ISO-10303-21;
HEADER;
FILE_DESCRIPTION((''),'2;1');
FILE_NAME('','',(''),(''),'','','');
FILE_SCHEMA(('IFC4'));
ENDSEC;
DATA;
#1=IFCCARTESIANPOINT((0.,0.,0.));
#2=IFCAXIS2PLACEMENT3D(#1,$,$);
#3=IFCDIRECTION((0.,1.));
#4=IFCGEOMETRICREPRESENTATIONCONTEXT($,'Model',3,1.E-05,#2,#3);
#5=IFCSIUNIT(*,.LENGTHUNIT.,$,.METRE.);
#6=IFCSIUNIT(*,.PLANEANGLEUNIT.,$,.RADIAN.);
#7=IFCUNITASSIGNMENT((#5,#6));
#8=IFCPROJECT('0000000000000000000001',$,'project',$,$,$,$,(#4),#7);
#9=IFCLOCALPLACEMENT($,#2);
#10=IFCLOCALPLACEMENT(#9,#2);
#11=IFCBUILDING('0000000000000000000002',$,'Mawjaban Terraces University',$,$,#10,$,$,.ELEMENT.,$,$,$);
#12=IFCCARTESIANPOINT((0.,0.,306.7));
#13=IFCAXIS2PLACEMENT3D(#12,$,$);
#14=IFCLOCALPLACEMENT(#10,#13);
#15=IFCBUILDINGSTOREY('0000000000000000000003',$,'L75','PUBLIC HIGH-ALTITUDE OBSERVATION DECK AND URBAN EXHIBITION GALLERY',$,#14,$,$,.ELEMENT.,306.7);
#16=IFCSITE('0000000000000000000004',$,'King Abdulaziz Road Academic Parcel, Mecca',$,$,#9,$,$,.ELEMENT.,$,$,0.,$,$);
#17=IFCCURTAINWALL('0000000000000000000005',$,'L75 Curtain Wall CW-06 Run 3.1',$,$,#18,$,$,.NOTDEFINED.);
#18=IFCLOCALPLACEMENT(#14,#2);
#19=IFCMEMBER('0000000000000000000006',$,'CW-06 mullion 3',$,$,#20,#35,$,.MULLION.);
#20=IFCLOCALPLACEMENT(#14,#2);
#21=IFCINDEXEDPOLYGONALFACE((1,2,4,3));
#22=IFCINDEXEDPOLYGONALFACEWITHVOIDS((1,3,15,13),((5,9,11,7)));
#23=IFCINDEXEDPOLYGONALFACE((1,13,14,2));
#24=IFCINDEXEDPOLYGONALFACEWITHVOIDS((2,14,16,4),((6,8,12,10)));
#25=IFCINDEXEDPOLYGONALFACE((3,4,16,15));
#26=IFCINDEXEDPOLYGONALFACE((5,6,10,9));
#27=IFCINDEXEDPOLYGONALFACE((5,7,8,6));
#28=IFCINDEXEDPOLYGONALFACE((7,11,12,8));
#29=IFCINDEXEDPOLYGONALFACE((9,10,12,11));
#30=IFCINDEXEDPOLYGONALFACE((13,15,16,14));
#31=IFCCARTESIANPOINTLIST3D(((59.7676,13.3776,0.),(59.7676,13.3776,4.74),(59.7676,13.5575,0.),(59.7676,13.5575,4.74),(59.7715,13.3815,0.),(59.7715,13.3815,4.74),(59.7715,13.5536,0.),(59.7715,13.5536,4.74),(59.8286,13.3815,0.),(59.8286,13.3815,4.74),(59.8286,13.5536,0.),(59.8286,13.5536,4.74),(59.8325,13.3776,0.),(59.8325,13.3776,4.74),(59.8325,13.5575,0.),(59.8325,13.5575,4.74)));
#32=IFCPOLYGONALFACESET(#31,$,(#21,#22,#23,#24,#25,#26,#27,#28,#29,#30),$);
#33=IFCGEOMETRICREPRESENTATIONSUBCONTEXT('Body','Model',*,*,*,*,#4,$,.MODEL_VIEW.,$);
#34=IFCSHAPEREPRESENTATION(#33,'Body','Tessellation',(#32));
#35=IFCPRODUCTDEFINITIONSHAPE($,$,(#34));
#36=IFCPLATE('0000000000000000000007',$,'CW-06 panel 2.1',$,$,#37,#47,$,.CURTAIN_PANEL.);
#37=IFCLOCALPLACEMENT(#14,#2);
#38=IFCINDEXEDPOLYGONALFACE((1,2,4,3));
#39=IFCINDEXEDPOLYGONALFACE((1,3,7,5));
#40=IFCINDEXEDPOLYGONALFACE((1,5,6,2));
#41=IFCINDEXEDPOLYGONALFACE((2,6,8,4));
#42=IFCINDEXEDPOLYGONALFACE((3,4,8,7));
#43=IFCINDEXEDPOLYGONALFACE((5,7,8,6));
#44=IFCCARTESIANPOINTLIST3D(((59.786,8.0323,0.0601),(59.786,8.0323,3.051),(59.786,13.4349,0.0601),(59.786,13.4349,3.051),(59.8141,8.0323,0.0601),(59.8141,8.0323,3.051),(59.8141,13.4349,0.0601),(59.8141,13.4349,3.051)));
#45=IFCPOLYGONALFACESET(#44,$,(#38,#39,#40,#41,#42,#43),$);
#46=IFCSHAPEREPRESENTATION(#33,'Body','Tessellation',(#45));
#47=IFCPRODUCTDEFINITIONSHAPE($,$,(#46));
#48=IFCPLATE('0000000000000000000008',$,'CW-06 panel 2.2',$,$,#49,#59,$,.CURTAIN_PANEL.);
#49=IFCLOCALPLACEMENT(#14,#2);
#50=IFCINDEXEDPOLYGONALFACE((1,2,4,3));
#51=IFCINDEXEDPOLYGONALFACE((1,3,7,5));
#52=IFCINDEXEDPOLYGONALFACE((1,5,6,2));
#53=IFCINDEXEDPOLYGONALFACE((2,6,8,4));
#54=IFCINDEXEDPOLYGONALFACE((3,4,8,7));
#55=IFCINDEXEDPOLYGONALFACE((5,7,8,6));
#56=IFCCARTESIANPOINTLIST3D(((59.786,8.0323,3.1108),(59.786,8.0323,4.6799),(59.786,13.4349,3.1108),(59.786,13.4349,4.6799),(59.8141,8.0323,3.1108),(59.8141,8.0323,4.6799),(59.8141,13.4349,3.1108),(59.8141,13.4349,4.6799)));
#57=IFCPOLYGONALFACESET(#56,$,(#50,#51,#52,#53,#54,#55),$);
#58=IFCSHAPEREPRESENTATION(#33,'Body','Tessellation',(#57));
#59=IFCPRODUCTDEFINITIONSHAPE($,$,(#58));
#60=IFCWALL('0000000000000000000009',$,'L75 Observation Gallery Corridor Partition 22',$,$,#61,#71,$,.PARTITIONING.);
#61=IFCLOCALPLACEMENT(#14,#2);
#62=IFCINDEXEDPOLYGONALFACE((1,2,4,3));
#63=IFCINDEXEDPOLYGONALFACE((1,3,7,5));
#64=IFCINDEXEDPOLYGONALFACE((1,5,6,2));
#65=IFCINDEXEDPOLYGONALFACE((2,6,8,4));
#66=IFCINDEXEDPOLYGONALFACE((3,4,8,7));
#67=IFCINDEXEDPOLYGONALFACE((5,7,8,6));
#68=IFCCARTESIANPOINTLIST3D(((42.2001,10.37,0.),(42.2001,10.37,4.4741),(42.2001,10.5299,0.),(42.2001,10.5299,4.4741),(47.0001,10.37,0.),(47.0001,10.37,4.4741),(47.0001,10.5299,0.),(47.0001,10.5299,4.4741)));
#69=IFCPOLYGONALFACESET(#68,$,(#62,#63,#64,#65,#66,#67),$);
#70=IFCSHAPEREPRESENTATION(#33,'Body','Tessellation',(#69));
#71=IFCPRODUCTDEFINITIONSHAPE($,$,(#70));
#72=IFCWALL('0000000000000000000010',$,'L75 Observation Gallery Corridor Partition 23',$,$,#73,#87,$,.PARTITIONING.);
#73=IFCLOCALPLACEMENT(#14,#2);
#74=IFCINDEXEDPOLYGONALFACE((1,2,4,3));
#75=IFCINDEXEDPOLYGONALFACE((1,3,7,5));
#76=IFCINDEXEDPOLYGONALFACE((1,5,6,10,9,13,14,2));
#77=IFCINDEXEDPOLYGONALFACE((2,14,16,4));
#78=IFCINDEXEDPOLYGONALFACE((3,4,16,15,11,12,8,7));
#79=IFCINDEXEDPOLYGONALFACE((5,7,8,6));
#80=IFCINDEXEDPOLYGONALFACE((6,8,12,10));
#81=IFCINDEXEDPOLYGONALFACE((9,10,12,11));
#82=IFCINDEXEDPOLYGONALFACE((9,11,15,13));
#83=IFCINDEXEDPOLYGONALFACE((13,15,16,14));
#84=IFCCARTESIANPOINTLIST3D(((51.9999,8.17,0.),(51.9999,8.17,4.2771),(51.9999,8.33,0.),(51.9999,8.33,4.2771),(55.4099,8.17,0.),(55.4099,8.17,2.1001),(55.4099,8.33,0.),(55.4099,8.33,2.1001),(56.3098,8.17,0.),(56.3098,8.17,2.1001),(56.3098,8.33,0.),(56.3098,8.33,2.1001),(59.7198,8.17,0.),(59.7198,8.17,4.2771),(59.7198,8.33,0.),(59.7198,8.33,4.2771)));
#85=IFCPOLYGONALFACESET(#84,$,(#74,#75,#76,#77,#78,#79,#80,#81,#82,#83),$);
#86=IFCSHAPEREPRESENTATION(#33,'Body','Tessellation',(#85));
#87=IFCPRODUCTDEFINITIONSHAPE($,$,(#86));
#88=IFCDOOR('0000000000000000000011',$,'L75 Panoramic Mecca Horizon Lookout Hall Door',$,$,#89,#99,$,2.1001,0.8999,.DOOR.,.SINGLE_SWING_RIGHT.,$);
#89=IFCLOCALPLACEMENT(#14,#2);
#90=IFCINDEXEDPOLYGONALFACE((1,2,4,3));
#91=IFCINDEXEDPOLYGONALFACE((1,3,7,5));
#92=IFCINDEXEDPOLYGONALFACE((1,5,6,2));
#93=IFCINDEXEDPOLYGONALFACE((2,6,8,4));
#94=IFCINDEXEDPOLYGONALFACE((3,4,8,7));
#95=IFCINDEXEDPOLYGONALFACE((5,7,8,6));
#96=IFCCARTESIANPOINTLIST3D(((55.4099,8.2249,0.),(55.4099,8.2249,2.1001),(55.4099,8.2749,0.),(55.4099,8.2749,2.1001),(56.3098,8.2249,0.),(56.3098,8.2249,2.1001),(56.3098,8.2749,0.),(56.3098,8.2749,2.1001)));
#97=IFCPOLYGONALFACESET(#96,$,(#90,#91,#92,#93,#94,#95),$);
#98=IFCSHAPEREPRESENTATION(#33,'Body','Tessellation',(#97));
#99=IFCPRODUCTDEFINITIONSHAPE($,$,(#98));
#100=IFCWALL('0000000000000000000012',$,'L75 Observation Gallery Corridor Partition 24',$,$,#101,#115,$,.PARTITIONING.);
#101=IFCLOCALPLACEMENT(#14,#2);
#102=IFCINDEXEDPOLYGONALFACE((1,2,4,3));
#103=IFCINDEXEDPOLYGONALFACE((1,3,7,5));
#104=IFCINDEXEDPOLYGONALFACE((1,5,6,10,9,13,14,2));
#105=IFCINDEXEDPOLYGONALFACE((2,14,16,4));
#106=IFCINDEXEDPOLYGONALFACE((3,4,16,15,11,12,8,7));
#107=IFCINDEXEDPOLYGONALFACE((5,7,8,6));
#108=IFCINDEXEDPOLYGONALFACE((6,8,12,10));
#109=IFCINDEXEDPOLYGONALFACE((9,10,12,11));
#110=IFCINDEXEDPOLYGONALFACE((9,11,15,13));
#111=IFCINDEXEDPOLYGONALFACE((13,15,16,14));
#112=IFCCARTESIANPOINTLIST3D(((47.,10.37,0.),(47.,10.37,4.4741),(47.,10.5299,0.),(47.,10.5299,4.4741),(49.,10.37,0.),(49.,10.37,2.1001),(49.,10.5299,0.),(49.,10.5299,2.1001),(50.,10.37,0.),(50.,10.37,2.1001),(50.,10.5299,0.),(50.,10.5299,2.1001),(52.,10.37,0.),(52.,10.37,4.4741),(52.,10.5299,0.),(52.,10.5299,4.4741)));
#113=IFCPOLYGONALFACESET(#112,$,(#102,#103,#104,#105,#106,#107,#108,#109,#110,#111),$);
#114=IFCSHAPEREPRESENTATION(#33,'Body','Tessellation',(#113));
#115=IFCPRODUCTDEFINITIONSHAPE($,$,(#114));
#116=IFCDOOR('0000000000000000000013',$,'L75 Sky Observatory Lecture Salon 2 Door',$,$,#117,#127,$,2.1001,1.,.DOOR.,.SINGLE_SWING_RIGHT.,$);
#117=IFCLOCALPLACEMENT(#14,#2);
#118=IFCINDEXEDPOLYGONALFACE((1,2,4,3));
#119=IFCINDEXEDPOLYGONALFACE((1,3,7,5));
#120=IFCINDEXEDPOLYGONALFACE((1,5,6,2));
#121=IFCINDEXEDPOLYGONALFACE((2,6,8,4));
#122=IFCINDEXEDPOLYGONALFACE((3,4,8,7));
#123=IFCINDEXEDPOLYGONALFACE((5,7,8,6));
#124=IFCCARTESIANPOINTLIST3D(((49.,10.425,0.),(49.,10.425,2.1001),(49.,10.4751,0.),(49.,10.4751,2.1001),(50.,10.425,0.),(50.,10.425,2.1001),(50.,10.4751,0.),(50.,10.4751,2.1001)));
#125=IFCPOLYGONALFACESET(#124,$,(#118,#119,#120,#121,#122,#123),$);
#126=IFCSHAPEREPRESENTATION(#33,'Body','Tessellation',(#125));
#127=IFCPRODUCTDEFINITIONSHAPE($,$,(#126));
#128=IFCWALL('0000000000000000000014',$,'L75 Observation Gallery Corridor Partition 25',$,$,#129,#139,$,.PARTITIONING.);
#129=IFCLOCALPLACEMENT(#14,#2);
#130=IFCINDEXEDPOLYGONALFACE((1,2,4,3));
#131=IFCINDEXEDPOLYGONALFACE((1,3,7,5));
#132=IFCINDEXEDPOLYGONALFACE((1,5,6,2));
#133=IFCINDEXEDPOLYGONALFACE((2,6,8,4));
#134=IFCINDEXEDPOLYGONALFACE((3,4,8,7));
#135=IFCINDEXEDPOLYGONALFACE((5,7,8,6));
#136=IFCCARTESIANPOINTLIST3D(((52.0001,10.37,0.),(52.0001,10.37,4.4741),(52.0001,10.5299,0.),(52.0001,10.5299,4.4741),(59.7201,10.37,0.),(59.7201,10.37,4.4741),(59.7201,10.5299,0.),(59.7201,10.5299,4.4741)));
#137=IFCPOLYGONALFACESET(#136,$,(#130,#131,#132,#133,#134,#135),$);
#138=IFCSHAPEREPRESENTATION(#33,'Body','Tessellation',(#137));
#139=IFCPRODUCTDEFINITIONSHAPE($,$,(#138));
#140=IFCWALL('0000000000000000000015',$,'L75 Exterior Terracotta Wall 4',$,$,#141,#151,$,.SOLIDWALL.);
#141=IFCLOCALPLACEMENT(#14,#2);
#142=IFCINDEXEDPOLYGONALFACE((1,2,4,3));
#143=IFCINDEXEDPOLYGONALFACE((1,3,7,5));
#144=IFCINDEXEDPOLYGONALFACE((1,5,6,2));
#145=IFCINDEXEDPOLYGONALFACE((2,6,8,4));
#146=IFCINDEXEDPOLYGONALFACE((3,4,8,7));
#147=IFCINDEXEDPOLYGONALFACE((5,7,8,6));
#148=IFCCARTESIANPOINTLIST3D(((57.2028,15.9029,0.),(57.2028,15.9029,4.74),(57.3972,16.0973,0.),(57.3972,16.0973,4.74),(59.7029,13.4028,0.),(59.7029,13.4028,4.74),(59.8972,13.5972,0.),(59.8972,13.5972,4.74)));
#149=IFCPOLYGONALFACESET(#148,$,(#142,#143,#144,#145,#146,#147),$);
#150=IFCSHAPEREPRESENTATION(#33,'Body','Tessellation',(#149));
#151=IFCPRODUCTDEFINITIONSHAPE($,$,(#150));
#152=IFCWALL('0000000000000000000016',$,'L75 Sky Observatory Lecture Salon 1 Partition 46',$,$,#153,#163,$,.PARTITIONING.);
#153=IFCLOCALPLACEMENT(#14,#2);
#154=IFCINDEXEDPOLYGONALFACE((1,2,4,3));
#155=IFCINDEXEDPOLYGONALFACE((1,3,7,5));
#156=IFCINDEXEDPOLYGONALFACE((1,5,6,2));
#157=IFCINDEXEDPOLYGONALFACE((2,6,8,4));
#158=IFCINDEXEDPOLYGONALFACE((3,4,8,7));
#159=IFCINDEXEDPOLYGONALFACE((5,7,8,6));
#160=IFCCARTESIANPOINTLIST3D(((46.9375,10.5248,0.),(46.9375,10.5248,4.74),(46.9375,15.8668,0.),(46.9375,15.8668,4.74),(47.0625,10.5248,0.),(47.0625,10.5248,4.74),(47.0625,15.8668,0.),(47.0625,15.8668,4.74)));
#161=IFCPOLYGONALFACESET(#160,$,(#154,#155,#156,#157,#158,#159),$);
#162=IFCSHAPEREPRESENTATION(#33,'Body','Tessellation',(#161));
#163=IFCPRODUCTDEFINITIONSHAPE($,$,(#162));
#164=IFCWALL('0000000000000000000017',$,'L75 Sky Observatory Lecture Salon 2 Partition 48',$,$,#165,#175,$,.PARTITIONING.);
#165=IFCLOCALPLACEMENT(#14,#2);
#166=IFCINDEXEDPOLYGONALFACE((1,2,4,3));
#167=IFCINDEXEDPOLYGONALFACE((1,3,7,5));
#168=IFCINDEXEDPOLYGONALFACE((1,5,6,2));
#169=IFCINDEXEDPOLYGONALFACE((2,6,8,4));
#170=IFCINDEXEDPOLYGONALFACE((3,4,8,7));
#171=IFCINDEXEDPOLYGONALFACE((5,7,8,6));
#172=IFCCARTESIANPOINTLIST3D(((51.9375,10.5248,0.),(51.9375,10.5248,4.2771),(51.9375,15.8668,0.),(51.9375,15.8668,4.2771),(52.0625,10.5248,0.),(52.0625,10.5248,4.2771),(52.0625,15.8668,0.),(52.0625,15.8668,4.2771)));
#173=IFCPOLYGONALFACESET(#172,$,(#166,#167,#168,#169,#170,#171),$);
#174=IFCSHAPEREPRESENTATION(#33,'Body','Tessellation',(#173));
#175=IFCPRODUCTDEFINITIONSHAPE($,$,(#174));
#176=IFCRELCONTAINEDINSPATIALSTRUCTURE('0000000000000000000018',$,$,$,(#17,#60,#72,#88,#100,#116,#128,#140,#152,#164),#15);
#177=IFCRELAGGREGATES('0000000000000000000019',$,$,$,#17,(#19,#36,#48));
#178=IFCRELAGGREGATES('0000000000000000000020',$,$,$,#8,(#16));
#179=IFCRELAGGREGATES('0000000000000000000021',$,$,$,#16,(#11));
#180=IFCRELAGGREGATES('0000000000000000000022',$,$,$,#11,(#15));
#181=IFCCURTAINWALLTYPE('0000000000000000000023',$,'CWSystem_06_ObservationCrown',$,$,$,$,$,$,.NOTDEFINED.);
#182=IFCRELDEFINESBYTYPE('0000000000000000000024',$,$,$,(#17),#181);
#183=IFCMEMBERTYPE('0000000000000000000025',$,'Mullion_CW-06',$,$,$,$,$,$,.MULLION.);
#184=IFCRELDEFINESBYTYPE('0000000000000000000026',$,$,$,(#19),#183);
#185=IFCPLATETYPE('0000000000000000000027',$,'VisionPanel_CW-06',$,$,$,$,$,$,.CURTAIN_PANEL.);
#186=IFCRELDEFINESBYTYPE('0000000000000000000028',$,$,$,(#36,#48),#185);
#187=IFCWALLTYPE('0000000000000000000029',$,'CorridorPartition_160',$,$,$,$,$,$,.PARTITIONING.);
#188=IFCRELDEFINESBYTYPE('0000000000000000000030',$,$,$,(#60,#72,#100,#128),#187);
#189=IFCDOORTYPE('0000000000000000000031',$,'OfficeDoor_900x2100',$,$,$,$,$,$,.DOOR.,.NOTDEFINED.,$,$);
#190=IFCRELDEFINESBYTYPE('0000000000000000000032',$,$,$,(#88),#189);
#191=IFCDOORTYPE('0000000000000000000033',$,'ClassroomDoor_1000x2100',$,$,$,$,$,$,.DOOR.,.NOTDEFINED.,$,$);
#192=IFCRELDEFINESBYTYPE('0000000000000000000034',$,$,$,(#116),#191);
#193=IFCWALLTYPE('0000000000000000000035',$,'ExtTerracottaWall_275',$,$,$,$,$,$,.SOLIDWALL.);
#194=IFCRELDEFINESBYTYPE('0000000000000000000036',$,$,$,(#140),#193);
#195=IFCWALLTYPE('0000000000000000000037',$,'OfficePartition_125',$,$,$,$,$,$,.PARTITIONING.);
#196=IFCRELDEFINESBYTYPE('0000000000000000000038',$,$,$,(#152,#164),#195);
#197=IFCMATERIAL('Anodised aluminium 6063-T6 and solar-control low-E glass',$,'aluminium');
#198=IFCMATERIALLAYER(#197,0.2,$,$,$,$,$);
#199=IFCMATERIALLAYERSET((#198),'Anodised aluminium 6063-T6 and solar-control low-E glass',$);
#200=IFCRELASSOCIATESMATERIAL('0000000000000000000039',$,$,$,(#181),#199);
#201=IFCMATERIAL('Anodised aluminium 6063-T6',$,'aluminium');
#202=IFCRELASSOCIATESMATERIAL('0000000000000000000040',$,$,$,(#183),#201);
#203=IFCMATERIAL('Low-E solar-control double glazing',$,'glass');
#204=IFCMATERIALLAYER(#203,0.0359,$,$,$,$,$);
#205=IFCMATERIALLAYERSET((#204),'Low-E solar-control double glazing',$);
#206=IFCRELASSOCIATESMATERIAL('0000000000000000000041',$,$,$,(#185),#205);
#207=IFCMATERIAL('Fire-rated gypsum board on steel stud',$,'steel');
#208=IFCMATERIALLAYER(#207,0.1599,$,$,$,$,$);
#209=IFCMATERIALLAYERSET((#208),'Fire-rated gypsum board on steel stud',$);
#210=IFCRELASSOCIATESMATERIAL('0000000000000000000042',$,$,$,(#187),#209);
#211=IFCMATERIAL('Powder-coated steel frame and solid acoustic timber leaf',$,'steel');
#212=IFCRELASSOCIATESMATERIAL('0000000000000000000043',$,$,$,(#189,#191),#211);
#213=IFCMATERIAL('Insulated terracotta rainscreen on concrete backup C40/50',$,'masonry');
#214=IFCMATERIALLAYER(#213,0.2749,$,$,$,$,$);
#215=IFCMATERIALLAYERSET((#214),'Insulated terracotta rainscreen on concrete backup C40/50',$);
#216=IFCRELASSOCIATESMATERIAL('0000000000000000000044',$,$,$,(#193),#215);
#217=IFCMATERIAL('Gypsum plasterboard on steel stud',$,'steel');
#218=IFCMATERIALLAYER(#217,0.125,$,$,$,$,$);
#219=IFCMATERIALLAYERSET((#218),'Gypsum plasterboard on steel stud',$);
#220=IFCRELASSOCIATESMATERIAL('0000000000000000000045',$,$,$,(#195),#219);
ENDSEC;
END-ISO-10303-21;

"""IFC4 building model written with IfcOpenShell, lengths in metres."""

from ifc_helpers import new_model, si_unit, direction, frame, frame_2d, origin, origin_2d, place, context, subcontext, project, spatial, rectangle, hollow_rectangle, extrude, material, layer, layer_set, material_profile, profile_set, type_object, element, fill, aggregate, save


model = new_model("IFC4")

# Units and contexts
model_context = context("Model", 3, precision=1e-05, world=origin(), true_north=direction((0.0, 1.0)))
body_context = subcontext(model_context, "Body", "Model", "MODEL_VIEW")
ifc_project = project(units=[si_unit("LENGTHUNIT", "METRE"), si_unit("PLANEANGLEUNIT", "RADIAN")], contexts=[model_context])

# Site, building, storey
site_placement = place(None, origin())
site = spatial("IfcSite", under=ifc_project, at=site_placement, Name="King Abdulaziz Road Academic Parcel, Mecca", CompositionType="ELEMENT", RefElevation=0.0)
building_placement = place(site_placement, origin())
building = spatial("IfcBuilding", under=site, at=building_placement, Name="Mawjaban Terraces University", CompositionType="ELEMENT")
storey_placement = place(building_placement, frame((0.0, 0.0, 306.7)))
storey = spatial("IfcBuildingStorey", under=building, at=storey_placement, Name="L75", Description="PUBLIC HIGH-ALTITUDE OBSERVATION DECK AND URBAN EXHIBITION GALLERY", CompositionType="ELEMENT", Elevation=306.7)

# Curtain wall, member, plates
ifc_material_1 = material(Name="Anodised aluminium 6063-T6 and solar-control low-E glass", Category="aluminium")
ifc_layer_1 = layer(ifc_material_1, 0.2)
ifc_layer_set_1 = layer_set([ifc_layer_1], Name="Anodised aluminium 6063-T6 and solar-control low-E glass")
curtain_wall_type = type_object("IfcCurtainWallType", Name="CWSystem_06_ObservationCrown", PredefinedType="NOTDEFINED", material=ifc_layer_set_1)
curtain_wall_placement = place(storey_placement, origin())
curtain_wall = element("IfcCurtainWall", 1, at=curtain_wall_placement, inside=storey, type_object=curtain_wall_type, Name="L75 Curtain Wall CW-06 Run 3.1", PredefinedType="NOTDEFINED")
ifc_material_2 = material(Name="Anodised aluminium 6063-T6", Category="aluminium")
ifc_material_profile_1 = material_profile(ifc_material_2, hollow_rectangle(XDim=0.0649, YDim=0.1799, WallThickness=0.0039, at=origin_2d()), Name="ALU180X65X4")
ifc_profile_set_1 = profile_set([ifc_material_profile_1], Name="Anodised aluminium 6063-T6")
member_type = type_object("IfcMemberType", Name="Mullion_CW-06", PredefinedType="MULLION", material=ifc_profile_set_1)
member_placement = place(storey_placement, frame((59.8, 13.4675, 0.0), z_axis=(0.0, 0.0, 1.0), x_axis=(-1.0, 0.0, 0.0)))
member = element("IfcMember", 2, at=member_placement, type_object=member_type, Name="CW-06 mullion 3", PredefinedType="MULLION", context=body_context, shape_type="SweptSolid", body=[
    extrude(hollow_rectangle(XDim=0.0649, YDim=0.1799, WallThickness=0.0039, at=origin_2d()), origin(), (0.0, 0.0, 1.0), 4.74),
])
ifc_material_3 = material(Name="Low-E solar-control double glazing", Category="glass")
ifc_layer_2 = layer(ifc_material_3, 0.0359)
ifc_layer_set_2 = layer_set([ifc_layer_2], Name="Low-E solar-control double glazing")
plate_type = type_object("IfcPlateType", Name="VisionPanel_CW-06", PredefinedType="CURTAIN_PANEL", material=ifc_layer_set_2)
plate_1_placement = place(storey_placement, frame((59.8, 10.7336, 0.0601), z_axis=(0.0, 0.0, 1.0), x_axis=(0.0, 1.0, 0.0)))
plate_1 = element("IfcPlate", 3, at=plate_1_placement, type_object=plate_type, Name="CW-06 panel 2.1", PredefinedType="CURTAIN_PANEL", context=body_context, shape_type="SweptSolid", body=[
    extrude(rectangle(XDim=5.4026, YDim=0.0281, at=origin_2d()), origin(), (0.0, 0.0, 1.0), 2.991),
])
plate_2_placement = place(storey_placement, frame((59.8, 10.7336, 3.1108), z_axis=(0.0, 0.0, 1.0), x_axis=(0.0, 1.0, 0.0)))
plate_2 = element("IfcPlate", 4, at=plate_2_placement, type_object=plate_type, Name="CW-06 panel 2.2", PredefinedType="CURTAIN_PANEL", context=body_context, shape_type="SweptSolid", body=[
    extrude(rectangle(XDim=5.4026, YDim=0.0281, at=origin_2d()), origin(), (0.0, 0.0, 1.0), 1.5691),
])
aggregate(curtain_wall, [member, plate_1, plate_2])

# Wall
ifc_material_4 = material(Name="Fire-rated gypsum board on steel stud", Category="steel")
ifc_layer_3 = layer(ifc_material_4, 0.1599)
ifc_layer_set_3 = layer_set([ifc_layer_3], Name="Fire-rated gypsum board on steel stud")
wall_type_1 = type_object("IfcWallType", Name="CorridorPartition_160", PredefinedType="PARTITIONING", material=ifc_layer_set_3)
wall_1_placement = place(storey_placement, frame((47.0, 10.45, 0.0), z_axis=(0.0, 0.0, 1.0), x_axis=(-1.0, 0.0, 0.0)))
element("IfcWall", 5, at=wall_1_placement, inside=storey, type_object=wall_type_1, Name="L75 Observation Gallery Corridor Partition 22", PredefinedType="PARTITIONING", context=body_context, shape_type="SweptSolid", body=[
    extrude(rectangle(XDim=4.8, YDim=0.1599, at=frame_2d((2.3999, 0.0))), origin(), (0.0, 0.0, 1.0), 4.4741),
])

# Walls, openings, doors
wall_2_placement = place(storey_placement, frame((52.0, 8.25, 0.0), z_axis=(0.0, 0.0, 1.0), x_axis=(1.0, 0.0, 0.0)))
wall_2 = element("IfcWall", 6, at=wall_2_placement, inside=storey, type_object=wall_type_1, Name="L75 Observation Gallery Corridor Partition 23", PredefinedType="PARTITIONING", context=body_context, shape_type="SweptSolid", body=[
    extrude(rectangle(XDim=7.72, YDim=0.1599, at=frame_2d((3.8599, 0.0))), origin(), (0.0, 0.0, 1.0), 4.2771),
])
opening_1_placement = place(wall_2_placement, frame((3.4099, 0.0, 0.0)))
opening_1 = element("IfcOpeningElement", 7, at=opening_1_placement, cuts=wall_2, PredefinedType="OPENING", context=body_context, shape_type="SweptSolid", body=[
    extrude(rectangle(XDim=0.8999, YDim=2.1001, at=frame_2d((0.45, 1.05))), frame((0.0, 0.0898, 0.0), z_axis=(0.0, -1.0, 0.0), x_axis=(1.0, 0.0, 0.0)), (0.0, 0.0, 1.0), 0.1799),
])
ifc_material_5 = material(Name="Powder-coated steel frame and solid acoustic timber leaf", Category="steel")
door_type_1 = type_object("IfcDoorType", Name="OfficeDoor_900x2100", OperationType="NOTDEFINED", PredefinedType="DOOR", material=ifc_material_5)
door_1_placement = place(opening_1_placement, origin())
door_1 = element("IfcDoor", 8, at=door_1_placement, inside=storey, type_object=door_type_1, Name="L75 Panoramic Mecca Horizon Lookout Hall Door", OperationType="SINGLE_SWING_RIGHT", OverallHeight=2.1001, OverallWidth=0.8999, PredefinedType="DOOR", context=body_context, shape_type="SweptSolid", body=[
    extrude(rectangle(XDim=0.8999, YDim=2.1001, at=frame_2d((0.45, 1.05))), frame((0.0, 0.0249, 0.0), z_axis=(0.0, -1.0, 0.0), x_axis=(1.0, 0.0, 0.0)), (0.0, 0.0, 1.0), 0.05),
])
fill(opening_1, door_1)
wall_3_placement = place(storey_placement, frame((52.0, 10.45, 0.0), z_axis=(0.0, 0.0, 1.0), x_axis=(-1.0, 0.0, 0.0)))
wall_3 = element("IfcWall", 9, at=wall_3_placement, inside=storey, type_object=wall_type_1, Name="L75 Observation Gallery Corridor Partition 24", PredefinedType="PARTITIONING", context=body_context, shape_type="SweptSolid", body=[
    extrude(rectangle(XDim=5.0, YDim=0.1599, at=frame_2d((2.5, 0.0))), origin(), (0.0, 0.0, 1.0), 4.4741),
])
opening_2_placement = place(wall_3_placement, frame((2.0, 0.0, 0.0)))
opening_2 = element("IfcOpeningElement", 10, at=opening_2_placement, cuts=wall_3, PredefinedType="OPENING", context=body_context, shape_type="SweptSolid", body=[
    extrude(rectangle(XDim=1.0, YDim=2.1001, at=frame_2d((0.5, 1.05))), frame((0.0, 0.0898, 0.0), z_axis=(0.0, -1.0, 0.0), x_axis=(1.0, 0.0, 0.0)), (0.0, 0.0, 1.0), 0.1799),
])
door_type_2 = type_object("IfcDoorType", Name="ClassroomDoor_1000x2100", OperationType="NOTDEFINED", PredefinedType="DOOR", material=ifc_material_5)
door_2_placement = place(opening_2_placement, origin())
door_2 = element("IfcDoor", 11, at=door_2_placement, inside=storey, type_object=door_type_2, Name="L75 Sky Observatory Lecture Salon 2 Door", OperationType="SINGLE_SWING_RIGHT", OverallHeight=2.1001, OverallWidth=1.0, PredefinedType="DOOR", context=body_context, shape_type="SweptSolid", body=[
    extrude(rectangle(XDim=1.0, YDim=2.1001, at=frame_2d((0.5, 1.05))), frame((0.0, 0.0249, 0.0), z_axis=(0.0, -1.0, 0.0), x_axis=(1.0, 0.0, 0.0)), (0.0, 0.0, 1.0), 0.05),
])
fill(opening_2, door_2)

# Walls
wall_4_placement = place(storey_placement, frame((59.72, 10.45, 0.0), z_axis=(0.0, 0.0, 1.0), x_axis=(-1.0, 0.0, 0.0)))
element("IfcWall", 12, at=wall_4_placement, inside=storey, type_object=wall_type_1, Name="L75 Observation Gallery Corridor Partition 25", PredefinedType="PARTITIONING", context=body_context, shape_type="SweptSolid", body=[
    extrude(rectangle(XDim=7.72, YDim=0.1599, at=frame_2d((3.8599, 0.0))), origin(), (0.0, 0.0, 1.0), 4.4741),
])
ifc_material_6 = material(Name="Insulated terracotta rainscreen on concrete backup C40/50", Category="masonry")
ifc_layer_4 = layer(ifc_material_6, 0.2749)
ifc_layer_set_4 = layer_set([ifc_layer_4], Name="Insulated terracotta rainscreen on concrete backup C40/50")
wall_type_2 = type_object("IfcWallType", Name="ExtTerracottaWall_275", PredefinedType="SOLIDWALL", material=ifc_layer_set_4)
wall_5_placement = place(storey_placement, frame((59.8, 13.5, 0.0), z_axis=(0.0, 0.0, 1.0), x_axis=(-0.707107, 0.707107, 0.0)))
element("IfcWall", 13, at=wall_5_placement, inside=storey, type_object=wall_type_2, Name="L75 Exterior Terracotta Wall 4", PredefinedType="SOLIDWALL", context=body_context, shape_type="SweptSolid", body=[
    extrude(rectangle(XDim=3.5356, YDim=0.2749, at=frame_2d((1.7678, 0.0))), origin(), (0.0, 0.0, 1.0), 4.74),
])
ifc_material_7 = material(Name="Gypsum plasterboard on steel stud", Category="steel")
ifc_layer_5 = layer(ifc_material_7, 0.125)
ifc_layer_set_5 = layer_set([ifc_layer_5], Name="Gypsum plasterboard on steel stud")
wall_type_3 = type_object("IfcWallType", Name="OfficePartition_125", PredefinedType="PARTITIONING", material=ifc_layer_set_5)
wall_6_placement = place(storey_placement, frame((47.0, 10.5249, 0.0), z_axis=(0.0, 0.0, 1.0), x_axis=(0.0, 1.0, 0.0)))
element("IfcWall", 14, at=wall_6_placement, inside=storey, type_object=wall_type_3, Name="L75 Sky Observatory Lecture Salon 1 Partition 46", PredefinedType="PARTITIONING", context=body_context, shape_type="SweptSolid", body=[
    extrude(rectangle(XDim=5.342, YDim=0.125, at=frame_2d((2.6709, 0.0))), origin(), (0.0, 0.0, 1.0), 4.74),
])
wall_7_placement = place(storey_placement, frame((52.0, 10.5249, 0.0), z_axis=(0.0, 0.0, 1.0), x_axis=(0.0, 1.0, 0.0)))
element("IfcWall", 15, at=wall_7_placement, inside=storey, type_object=wall_type_3, Name="L75 Sky Observatory Lecture Salon 2 Partition 48", PredefinedType="PARTITIONING", context=body_context, shape_type="SweptSolid", body=[
    extrude(rectangle(XDim=5.342, YDim=0.125, at=frame_2d((2.6709, 0.0))), origin(), (0.0, 0.0, 1.0), 4.2771),
])

save(model, "model.ifc")
